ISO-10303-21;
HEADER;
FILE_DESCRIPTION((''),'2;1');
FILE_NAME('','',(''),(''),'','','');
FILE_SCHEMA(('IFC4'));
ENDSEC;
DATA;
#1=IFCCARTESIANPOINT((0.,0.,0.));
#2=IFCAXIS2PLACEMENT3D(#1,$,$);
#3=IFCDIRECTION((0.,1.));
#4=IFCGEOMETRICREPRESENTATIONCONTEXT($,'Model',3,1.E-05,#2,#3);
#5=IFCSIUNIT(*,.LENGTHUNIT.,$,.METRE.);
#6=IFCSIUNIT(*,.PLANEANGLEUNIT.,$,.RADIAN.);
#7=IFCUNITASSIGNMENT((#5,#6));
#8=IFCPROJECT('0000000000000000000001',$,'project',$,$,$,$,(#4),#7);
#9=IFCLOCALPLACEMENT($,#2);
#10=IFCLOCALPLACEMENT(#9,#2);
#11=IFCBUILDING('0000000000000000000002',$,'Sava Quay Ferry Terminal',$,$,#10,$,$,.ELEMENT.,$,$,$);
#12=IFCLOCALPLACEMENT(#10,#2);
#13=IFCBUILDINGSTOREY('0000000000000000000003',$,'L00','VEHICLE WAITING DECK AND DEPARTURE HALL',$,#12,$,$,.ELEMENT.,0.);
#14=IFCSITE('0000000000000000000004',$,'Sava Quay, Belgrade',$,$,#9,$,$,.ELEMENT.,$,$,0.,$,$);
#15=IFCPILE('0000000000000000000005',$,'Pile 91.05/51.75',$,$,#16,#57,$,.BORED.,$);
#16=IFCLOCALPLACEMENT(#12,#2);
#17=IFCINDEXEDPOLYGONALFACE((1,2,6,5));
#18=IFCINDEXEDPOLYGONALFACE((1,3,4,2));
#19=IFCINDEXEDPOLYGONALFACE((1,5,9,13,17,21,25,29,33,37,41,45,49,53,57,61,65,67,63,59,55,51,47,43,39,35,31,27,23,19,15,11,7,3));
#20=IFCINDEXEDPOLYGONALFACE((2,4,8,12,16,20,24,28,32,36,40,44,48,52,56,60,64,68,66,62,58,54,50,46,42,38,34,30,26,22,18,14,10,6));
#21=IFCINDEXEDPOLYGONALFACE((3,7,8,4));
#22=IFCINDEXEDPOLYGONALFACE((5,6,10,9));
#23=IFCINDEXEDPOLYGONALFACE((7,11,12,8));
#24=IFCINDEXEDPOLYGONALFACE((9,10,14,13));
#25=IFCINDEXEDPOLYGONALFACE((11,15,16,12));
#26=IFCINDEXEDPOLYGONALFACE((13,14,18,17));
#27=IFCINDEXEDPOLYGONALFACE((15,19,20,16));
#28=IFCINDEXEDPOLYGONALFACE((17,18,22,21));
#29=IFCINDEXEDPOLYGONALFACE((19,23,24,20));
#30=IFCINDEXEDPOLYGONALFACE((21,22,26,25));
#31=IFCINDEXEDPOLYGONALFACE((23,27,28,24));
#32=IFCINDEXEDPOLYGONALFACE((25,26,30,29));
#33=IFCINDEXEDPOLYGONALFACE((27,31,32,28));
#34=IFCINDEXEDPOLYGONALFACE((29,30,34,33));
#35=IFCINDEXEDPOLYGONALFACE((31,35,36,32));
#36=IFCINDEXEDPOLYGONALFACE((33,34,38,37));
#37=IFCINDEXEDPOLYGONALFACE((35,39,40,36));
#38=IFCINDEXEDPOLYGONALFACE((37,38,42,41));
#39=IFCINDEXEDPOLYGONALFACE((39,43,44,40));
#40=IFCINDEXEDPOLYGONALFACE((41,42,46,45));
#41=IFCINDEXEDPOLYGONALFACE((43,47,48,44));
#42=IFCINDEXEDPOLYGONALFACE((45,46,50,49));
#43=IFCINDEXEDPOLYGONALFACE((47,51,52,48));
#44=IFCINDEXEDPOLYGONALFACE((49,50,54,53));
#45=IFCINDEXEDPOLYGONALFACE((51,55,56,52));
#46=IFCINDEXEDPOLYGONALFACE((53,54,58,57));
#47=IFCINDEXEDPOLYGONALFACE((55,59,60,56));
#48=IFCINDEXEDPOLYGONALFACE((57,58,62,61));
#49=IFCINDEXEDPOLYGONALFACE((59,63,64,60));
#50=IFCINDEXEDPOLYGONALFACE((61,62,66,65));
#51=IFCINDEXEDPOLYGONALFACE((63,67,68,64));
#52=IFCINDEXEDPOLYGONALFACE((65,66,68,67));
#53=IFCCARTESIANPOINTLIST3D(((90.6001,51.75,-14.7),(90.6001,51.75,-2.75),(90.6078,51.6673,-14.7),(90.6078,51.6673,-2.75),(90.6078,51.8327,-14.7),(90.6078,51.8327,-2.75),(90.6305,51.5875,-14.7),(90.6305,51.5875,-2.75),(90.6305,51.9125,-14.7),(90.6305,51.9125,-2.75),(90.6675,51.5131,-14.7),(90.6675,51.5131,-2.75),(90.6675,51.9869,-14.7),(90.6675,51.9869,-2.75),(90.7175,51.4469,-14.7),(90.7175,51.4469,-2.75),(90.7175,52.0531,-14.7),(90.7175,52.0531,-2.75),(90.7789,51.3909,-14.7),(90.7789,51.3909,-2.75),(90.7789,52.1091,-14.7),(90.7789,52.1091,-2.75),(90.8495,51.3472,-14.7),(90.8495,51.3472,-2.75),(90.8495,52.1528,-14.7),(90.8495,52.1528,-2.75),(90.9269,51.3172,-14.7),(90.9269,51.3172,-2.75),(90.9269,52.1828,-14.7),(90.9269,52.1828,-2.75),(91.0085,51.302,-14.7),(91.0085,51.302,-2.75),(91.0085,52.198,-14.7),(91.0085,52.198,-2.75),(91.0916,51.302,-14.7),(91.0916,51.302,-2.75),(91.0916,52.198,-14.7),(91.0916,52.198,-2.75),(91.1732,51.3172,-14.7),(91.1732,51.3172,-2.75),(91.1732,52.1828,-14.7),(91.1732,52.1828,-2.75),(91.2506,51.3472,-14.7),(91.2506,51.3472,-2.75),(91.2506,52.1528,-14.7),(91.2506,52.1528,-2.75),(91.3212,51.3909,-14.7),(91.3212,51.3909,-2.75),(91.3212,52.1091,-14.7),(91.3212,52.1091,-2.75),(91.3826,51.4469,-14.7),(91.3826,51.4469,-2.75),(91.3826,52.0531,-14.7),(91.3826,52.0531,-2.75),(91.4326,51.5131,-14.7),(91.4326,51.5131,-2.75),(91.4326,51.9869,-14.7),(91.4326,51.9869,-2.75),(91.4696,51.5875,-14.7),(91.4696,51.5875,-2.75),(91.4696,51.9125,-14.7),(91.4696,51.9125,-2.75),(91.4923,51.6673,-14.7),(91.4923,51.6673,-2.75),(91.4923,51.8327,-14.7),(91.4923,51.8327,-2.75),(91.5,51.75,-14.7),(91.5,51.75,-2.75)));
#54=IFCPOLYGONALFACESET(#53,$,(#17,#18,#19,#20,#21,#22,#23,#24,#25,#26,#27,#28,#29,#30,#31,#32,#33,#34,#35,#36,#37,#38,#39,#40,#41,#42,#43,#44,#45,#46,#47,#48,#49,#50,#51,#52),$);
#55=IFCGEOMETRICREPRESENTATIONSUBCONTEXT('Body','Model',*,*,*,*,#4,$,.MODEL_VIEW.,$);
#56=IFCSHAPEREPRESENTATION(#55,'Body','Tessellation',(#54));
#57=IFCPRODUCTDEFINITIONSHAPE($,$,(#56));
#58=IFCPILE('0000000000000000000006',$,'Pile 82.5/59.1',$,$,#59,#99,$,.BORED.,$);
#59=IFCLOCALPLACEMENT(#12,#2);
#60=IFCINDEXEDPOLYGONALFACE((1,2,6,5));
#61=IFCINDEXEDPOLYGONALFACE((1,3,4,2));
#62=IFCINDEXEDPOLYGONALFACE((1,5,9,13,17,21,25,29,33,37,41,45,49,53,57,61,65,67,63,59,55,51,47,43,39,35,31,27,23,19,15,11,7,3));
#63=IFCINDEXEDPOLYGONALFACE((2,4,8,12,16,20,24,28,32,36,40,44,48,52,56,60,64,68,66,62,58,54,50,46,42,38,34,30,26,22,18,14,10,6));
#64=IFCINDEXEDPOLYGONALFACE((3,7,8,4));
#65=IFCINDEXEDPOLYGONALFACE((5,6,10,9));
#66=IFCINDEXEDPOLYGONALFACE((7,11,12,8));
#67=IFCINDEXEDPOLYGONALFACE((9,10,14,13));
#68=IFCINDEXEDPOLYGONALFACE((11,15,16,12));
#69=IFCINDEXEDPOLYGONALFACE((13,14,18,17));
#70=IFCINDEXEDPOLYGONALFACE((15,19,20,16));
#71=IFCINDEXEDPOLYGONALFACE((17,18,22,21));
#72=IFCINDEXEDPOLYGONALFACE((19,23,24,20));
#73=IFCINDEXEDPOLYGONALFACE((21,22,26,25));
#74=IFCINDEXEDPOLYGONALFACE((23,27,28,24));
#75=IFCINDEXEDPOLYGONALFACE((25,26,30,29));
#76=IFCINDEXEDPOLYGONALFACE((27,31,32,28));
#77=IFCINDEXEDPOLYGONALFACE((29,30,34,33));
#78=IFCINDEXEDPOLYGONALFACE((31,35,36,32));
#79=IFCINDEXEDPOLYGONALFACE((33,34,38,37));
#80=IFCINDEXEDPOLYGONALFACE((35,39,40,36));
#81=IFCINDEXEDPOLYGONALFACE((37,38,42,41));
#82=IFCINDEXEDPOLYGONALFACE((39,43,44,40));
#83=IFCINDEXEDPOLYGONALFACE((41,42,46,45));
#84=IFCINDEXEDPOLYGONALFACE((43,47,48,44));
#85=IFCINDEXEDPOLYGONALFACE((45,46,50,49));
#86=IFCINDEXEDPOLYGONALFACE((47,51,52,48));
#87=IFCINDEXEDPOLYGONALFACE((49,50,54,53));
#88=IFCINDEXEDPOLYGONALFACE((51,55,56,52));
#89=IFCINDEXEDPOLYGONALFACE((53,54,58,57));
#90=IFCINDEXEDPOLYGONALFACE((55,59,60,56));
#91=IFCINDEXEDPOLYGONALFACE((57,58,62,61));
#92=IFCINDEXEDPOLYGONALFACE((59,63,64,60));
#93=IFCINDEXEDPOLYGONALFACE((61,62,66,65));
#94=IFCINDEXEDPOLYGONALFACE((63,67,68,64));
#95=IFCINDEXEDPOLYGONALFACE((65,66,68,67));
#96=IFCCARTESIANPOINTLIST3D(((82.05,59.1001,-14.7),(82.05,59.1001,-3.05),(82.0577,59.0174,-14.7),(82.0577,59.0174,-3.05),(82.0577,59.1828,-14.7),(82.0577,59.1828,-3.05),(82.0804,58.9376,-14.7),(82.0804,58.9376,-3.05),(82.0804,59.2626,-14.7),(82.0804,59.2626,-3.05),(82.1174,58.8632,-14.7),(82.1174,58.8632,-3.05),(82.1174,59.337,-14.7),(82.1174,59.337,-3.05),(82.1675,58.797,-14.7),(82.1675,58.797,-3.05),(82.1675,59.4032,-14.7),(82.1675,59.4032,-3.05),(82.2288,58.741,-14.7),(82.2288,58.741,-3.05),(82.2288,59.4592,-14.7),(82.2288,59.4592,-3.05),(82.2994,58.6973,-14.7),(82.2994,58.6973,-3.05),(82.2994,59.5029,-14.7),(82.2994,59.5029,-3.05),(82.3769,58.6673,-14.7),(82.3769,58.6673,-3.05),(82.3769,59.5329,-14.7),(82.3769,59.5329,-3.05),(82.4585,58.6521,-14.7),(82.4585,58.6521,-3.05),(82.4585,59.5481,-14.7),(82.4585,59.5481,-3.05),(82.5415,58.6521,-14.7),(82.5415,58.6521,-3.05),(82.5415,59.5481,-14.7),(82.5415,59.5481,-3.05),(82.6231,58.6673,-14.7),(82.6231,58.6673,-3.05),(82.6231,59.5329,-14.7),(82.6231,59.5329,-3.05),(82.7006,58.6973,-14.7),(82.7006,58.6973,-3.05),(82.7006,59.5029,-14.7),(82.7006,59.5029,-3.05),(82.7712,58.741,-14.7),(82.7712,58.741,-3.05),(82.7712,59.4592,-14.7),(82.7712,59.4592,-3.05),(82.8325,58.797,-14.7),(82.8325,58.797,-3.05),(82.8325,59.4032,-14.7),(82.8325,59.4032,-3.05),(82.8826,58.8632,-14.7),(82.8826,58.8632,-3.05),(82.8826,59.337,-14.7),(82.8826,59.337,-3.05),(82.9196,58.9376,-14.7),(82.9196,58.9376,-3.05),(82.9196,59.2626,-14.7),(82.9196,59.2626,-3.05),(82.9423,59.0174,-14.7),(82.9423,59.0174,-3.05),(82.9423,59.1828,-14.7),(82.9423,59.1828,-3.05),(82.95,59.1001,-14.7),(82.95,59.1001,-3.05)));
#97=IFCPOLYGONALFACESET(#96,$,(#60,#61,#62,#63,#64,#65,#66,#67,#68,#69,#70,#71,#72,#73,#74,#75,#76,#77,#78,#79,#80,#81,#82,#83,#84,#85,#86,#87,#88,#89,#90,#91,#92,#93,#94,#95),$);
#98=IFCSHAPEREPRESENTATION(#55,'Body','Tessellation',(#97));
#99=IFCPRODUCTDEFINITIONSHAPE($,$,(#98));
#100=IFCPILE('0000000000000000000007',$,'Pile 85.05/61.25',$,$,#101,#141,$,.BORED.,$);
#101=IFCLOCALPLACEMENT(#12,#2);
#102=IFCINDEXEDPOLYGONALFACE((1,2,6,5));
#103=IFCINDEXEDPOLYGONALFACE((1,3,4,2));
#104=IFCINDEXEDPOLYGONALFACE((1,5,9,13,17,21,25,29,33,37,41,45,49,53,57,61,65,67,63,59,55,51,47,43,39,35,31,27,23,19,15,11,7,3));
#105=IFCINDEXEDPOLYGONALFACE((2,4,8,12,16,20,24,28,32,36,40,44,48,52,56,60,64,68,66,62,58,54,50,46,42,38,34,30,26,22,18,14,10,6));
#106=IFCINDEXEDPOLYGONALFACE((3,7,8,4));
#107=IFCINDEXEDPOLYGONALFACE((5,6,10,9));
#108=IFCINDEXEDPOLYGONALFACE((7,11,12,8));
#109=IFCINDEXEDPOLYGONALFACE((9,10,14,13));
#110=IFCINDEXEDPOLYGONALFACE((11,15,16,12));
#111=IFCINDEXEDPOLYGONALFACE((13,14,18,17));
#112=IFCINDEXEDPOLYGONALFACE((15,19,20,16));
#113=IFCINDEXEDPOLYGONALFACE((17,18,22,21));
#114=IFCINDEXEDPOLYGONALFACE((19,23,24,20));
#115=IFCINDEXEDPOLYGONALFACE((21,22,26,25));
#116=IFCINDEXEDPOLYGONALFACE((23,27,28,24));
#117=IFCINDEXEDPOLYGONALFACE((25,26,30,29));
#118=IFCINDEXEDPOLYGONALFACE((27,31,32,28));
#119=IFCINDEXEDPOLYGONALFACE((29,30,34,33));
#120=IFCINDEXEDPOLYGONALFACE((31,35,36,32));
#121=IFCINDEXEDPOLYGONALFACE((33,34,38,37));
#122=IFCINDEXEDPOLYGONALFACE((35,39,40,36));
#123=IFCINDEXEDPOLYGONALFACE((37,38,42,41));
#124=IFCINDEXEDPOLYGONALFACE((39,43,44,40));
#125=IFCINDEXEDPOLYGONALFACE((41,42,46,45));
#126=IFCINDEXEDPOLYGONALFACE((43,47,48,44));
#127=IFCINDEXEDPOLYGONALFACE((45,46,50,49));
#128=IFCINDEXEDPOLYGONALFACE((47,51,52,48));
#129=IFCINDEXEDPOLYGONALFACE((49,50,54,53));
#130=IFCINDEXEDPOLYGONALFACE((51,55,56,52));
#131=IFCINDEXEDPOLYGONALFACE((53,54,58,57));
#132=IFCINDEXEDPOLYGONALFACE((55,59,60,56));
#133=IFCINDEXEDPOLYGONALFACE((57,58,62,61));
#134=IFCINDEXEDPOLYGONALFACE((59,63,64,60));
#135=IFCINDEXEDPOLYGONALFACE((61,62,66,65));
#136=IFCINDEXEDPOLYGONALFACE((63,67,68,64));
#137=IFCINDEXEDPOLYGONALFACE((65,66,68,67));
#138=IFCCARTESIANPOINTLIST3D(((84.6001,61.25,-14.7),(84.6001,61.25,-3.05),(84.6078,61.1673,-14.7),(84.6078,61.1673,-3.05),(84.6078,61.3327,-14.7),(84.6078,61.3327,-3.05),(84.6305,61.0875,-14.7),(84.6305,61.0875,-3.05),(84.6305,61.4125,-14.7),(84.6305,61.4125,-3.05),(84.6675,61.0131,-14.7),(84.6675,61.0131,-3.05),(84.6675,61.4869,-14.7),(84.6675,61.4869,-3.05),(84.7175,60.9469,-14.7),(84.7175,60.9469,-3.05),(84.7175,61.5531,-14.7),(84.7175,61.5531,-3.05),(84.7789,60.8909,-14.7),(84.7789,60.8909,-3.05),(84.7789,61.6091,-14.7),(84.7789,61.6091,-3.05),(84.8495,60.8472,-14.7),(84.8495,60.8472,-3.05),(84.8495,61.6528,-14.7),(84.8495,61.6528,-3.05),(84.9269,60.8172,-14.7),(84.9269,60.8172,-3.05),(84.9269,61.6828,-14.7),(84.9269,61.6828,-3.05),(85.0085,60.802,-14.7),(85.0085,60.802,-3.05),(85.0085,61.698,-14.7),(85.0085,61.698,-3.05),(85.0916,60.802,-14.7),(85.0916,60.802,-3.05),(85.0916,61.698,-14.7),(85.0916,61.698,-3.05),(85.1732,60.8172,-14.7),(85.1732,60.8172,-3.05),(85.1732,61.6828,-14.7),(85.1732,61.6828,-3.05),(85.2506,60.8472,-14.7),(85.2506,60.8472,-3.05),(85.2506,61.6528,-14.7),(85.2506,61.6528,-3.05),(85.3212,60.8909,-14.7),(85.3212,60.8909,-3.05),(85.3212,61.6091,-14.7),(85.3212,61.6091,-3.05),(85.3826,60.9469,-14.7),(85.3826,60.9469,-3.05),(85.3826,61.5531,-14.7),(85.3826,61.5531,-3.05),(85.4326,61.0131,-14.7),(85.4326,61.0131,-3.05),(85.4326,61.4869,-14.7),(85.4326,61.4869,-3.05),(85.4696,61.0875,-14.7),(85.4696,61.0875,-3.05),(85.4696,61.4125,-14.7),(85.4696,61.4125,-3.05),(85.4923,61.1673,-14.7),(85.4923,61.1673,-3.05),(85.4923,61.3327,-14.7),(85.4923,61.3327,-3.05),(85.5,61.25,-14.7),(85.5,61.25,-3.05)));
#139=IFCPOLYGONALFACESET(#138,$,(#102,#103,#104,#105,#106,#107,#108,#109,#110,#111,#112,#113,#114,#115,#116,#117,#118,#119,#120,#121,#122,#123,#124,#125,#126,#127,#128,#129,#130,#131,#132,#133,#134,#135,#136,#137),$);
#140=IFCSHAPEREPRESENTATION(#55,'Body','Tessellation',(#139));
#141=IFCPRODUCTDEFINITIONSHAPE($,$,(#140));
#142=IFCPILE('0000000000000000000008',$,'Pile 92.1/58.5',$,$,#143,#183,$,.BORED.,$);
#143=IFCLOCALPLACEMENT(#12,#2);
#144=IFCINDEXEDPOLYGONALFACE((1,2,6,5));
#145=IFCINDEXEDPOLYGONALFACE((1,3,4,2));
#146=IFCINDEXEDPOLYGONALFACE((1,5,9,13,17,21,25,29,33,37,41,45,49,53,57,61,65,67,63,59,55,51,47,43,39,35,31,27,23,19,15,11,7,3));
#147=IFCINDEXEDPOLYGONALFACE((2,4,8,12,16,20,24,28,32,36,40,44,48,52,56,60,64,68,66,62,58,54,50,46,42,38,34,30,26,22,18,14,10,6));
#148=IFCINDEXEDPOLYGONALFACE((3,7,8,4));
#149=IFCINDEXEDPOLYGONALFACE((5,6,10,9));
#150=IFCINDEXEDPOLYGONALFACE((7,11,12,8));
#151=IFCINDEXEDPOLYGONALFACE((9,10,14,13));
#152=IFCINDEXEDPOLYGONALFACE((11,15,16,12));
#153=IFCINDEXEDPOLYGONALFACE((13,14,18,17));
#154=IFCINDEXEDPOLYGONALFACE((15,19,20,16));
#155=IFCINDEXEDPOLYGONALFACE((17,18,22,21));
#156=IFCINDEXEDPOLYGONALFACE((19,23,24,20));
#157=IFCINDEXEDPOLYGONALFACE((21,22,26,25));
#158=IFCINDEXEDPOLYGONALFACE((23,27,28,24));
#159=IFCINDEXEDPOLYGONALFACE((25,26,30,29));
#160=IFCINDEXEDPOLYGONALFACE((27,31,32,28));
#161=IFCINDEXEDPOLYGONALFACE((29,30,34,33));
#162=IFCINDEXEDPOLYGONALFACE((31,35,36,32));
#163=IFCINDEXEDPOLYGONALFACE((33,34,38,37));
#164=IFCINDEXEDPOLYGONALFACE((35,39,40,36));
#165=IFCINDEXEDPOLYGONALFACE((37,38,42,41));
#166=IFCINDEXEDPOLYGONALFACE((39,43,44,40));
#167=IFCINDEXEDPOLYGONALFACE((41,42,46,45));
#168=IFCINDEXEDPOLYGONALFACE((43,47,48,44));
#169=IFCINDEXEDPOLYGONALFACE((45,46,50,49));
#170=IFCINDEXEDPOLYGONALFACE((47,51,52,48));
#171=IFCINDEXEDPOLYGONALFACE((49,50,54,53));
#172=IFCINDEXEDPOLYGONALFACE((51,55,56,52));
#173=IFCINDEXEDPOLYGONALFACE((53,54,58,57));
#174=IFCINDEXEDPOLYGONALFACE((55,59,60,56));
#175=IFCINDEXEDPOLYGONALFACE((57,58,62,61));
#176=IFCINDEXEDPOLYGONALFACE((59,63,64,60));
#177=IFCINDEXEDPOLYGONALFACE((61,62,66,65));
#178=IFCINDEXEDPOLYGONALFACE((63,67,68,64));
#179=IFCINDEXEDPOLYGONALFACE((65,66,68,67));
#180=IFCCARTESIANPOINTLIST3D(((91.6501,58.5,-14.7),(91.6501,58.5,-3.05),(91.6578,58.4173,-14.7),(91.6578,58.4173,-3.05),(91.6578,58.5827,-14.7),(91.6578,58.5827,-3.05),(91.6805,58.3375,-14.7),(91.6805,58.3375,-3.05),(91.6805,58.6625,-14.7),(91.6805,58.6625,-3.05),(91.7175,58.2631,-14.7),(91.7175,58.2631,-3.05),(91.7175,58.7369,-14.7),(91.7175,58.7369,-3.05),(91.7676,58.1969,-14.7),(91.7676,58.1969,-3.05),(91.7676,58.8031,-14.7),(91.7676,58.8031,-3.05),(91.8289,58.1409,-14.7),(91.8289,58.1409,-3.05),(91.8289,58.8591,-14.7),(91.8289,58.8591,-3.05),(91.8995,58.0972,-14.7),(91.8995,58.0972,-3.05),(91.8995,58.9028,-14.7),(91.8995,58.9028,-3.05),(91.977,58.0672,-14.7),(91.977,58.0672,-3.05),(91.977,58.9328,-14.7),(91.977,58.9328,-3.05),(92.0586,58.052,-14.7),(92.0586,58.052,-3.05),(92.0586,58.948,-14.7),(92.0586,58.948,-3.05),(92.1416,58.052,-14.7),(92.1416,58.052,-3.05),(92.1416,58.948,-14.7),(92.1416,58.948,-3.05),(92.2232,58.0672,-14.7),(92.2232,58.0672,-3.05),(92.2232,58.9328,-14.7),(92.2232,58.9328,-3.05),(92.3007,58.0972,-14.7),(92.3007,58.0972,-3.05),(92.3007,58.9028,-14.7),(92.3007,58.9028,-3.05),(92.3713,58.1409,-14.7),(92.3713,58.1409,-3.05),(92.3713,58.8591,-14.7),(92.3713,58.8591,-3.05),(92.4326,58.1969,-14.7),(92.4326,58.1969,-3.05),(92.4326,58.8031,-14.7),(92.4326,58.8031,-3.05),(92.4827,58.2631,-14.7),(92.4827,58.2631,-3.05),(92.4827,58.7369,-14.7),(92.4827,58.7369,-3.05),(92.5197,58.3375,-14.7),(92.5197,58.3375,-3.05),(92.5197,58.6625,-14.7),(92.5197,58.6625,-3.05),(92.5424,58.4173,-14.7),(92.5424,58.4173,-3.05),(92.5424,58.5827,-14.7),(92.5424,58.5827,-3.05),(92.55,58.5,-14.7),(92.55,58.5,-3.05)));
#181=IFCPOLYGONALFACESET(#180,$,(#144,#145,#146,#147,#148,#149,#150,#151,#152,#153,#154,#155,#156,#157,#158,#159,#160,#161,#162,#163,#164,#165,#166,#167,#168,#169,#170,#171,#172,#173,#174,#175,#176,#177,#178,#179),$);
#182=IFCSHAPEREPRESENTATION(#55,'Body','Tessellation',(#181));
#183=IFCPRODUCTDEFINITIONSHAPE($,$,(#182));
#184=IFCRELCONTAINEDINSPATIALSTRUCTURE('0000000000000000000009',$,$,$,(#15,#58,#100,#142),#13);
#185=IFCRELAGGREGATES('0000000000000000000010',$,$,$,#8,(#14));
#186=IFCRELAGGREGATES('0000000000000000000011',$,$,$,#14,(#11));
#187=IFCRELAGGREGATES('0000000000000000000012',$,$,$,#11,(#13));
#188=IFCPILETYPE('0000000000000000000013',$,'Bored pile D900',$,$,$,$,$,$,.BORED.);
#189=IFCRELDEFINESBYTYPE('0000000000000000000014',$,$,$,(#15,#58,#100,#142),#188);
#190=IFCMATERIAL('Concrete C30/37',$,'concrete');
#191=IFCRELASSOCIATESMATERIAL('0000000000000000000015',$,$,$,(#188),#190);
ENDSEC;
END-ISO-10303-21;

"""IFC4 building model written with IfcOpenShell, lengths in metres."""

from ifc_helpers import new_model, si_unit, direction, frame, origin, origin_2d, place, context, subcontext, project, spatial, circle, extrude, material, material_profile, profile_set, type_object, element, save


model = new_model("IFC4")

# Units and contexts
model_context = context("Model", 3, precision=1e-05, world=origin(), true_north=direction((0.0, 1.0)))
body_context = subcontext(model_context, "Body", "Model", "MODEL_VIEW")
ifc_project = project(units=[si_unit("LENGTHUNIT", "METRE"), si_unit("PLANEANGLEUNIT", "RADIAN")], contexts=[model_context])

# Site, building, storey
site_placement = place(None, origin())
site = spatial("IfcSite", under=ifc_project, at=site_placement, Name="Sava Quay, Belgrade", CompositionType="ELEMENT", RefElevation=0.0)
building_placement = place(site_placement, origin())
building = spatial("IfcBuilding", under=site, at=building_placement, Name="Sava Quay Ferry Terminal", CompositionType="ELEMENT")
storey_placement = place(building_placement, origin())
storey = spatial("IfcBuildingStorey", under=building, at=storey_placement, Name="L00", Description="VEHICLE WAITING DECK AND DEPARTURE HALL", CompositionType="ELEMENT", Elevation=0.0)

# Piles
ifc_material_1 = material(Name="Concrete C30/37", Category="concrete")
ifc_material_profile_1 = material_profile(ifc_material_1, circle(Radius=0.45, at=origin_2d()), Name="Bored pile D900")
ifc_profile_set_1 = profile_set([ifc_material_profile_1], Name="Concrete C30/37")
pile_type = type_object("IfcPileType", Name="Bored pile D900", PredefinedType="BORED", material=ifc_profile_set_1)
pile_placement = place(storey_placement, frame((91.05, 51.75, -2.75), z_axis=(0.0, 0.0, -1.0), x_axis=(1.0, 0.0, 0.0)))
element("IfcPile", 1, at=pile_placement, inside=storey, type_object=pile_type, Name="Pile 91.05/51.75", PredefinedType="BORED", context=body_context, shape_type="SweptSolid", body=[
    extrude(circle(Radius=0.45, at=origin_2d()), origin(), (0.0, 0.0, 1.0), 11.95),
])
for number, where, z_axis, x_axis, name in (
    (2, (82.5, 59.1001, -3.05), (0.0, 0.0, -1.0), (1.0, 0.0, 0.0), "Pile 82.5/59.1"),
    (3, (85.05, 61.25, -3.05), (0.0, 0.0, -1.0), (1.0, 0.0, 0.0), "Pile 85.05/61.25"),
    (4, (92.1001, 58.5, -3.05), (0.0, 0.0, -1.0), (1.0, 0.0, 0.0), "Pile 92.1/58.5"),
):
    element("IfcPile", number, at=place(storey_placement, frame(where, z_axis=z_axis, x_axis=x_axis)), inside=storey, type_object=pile_type, Name=name, PredefinedType="BORED", context=body_context, shape_type="SweptSolid", body=[
        extrude(circle(Radius=0.45, at=origin_2d()), origin(), (0.0, 0.0, 1.0), 11.6499),
    ])

save(model, "model.ifc")
